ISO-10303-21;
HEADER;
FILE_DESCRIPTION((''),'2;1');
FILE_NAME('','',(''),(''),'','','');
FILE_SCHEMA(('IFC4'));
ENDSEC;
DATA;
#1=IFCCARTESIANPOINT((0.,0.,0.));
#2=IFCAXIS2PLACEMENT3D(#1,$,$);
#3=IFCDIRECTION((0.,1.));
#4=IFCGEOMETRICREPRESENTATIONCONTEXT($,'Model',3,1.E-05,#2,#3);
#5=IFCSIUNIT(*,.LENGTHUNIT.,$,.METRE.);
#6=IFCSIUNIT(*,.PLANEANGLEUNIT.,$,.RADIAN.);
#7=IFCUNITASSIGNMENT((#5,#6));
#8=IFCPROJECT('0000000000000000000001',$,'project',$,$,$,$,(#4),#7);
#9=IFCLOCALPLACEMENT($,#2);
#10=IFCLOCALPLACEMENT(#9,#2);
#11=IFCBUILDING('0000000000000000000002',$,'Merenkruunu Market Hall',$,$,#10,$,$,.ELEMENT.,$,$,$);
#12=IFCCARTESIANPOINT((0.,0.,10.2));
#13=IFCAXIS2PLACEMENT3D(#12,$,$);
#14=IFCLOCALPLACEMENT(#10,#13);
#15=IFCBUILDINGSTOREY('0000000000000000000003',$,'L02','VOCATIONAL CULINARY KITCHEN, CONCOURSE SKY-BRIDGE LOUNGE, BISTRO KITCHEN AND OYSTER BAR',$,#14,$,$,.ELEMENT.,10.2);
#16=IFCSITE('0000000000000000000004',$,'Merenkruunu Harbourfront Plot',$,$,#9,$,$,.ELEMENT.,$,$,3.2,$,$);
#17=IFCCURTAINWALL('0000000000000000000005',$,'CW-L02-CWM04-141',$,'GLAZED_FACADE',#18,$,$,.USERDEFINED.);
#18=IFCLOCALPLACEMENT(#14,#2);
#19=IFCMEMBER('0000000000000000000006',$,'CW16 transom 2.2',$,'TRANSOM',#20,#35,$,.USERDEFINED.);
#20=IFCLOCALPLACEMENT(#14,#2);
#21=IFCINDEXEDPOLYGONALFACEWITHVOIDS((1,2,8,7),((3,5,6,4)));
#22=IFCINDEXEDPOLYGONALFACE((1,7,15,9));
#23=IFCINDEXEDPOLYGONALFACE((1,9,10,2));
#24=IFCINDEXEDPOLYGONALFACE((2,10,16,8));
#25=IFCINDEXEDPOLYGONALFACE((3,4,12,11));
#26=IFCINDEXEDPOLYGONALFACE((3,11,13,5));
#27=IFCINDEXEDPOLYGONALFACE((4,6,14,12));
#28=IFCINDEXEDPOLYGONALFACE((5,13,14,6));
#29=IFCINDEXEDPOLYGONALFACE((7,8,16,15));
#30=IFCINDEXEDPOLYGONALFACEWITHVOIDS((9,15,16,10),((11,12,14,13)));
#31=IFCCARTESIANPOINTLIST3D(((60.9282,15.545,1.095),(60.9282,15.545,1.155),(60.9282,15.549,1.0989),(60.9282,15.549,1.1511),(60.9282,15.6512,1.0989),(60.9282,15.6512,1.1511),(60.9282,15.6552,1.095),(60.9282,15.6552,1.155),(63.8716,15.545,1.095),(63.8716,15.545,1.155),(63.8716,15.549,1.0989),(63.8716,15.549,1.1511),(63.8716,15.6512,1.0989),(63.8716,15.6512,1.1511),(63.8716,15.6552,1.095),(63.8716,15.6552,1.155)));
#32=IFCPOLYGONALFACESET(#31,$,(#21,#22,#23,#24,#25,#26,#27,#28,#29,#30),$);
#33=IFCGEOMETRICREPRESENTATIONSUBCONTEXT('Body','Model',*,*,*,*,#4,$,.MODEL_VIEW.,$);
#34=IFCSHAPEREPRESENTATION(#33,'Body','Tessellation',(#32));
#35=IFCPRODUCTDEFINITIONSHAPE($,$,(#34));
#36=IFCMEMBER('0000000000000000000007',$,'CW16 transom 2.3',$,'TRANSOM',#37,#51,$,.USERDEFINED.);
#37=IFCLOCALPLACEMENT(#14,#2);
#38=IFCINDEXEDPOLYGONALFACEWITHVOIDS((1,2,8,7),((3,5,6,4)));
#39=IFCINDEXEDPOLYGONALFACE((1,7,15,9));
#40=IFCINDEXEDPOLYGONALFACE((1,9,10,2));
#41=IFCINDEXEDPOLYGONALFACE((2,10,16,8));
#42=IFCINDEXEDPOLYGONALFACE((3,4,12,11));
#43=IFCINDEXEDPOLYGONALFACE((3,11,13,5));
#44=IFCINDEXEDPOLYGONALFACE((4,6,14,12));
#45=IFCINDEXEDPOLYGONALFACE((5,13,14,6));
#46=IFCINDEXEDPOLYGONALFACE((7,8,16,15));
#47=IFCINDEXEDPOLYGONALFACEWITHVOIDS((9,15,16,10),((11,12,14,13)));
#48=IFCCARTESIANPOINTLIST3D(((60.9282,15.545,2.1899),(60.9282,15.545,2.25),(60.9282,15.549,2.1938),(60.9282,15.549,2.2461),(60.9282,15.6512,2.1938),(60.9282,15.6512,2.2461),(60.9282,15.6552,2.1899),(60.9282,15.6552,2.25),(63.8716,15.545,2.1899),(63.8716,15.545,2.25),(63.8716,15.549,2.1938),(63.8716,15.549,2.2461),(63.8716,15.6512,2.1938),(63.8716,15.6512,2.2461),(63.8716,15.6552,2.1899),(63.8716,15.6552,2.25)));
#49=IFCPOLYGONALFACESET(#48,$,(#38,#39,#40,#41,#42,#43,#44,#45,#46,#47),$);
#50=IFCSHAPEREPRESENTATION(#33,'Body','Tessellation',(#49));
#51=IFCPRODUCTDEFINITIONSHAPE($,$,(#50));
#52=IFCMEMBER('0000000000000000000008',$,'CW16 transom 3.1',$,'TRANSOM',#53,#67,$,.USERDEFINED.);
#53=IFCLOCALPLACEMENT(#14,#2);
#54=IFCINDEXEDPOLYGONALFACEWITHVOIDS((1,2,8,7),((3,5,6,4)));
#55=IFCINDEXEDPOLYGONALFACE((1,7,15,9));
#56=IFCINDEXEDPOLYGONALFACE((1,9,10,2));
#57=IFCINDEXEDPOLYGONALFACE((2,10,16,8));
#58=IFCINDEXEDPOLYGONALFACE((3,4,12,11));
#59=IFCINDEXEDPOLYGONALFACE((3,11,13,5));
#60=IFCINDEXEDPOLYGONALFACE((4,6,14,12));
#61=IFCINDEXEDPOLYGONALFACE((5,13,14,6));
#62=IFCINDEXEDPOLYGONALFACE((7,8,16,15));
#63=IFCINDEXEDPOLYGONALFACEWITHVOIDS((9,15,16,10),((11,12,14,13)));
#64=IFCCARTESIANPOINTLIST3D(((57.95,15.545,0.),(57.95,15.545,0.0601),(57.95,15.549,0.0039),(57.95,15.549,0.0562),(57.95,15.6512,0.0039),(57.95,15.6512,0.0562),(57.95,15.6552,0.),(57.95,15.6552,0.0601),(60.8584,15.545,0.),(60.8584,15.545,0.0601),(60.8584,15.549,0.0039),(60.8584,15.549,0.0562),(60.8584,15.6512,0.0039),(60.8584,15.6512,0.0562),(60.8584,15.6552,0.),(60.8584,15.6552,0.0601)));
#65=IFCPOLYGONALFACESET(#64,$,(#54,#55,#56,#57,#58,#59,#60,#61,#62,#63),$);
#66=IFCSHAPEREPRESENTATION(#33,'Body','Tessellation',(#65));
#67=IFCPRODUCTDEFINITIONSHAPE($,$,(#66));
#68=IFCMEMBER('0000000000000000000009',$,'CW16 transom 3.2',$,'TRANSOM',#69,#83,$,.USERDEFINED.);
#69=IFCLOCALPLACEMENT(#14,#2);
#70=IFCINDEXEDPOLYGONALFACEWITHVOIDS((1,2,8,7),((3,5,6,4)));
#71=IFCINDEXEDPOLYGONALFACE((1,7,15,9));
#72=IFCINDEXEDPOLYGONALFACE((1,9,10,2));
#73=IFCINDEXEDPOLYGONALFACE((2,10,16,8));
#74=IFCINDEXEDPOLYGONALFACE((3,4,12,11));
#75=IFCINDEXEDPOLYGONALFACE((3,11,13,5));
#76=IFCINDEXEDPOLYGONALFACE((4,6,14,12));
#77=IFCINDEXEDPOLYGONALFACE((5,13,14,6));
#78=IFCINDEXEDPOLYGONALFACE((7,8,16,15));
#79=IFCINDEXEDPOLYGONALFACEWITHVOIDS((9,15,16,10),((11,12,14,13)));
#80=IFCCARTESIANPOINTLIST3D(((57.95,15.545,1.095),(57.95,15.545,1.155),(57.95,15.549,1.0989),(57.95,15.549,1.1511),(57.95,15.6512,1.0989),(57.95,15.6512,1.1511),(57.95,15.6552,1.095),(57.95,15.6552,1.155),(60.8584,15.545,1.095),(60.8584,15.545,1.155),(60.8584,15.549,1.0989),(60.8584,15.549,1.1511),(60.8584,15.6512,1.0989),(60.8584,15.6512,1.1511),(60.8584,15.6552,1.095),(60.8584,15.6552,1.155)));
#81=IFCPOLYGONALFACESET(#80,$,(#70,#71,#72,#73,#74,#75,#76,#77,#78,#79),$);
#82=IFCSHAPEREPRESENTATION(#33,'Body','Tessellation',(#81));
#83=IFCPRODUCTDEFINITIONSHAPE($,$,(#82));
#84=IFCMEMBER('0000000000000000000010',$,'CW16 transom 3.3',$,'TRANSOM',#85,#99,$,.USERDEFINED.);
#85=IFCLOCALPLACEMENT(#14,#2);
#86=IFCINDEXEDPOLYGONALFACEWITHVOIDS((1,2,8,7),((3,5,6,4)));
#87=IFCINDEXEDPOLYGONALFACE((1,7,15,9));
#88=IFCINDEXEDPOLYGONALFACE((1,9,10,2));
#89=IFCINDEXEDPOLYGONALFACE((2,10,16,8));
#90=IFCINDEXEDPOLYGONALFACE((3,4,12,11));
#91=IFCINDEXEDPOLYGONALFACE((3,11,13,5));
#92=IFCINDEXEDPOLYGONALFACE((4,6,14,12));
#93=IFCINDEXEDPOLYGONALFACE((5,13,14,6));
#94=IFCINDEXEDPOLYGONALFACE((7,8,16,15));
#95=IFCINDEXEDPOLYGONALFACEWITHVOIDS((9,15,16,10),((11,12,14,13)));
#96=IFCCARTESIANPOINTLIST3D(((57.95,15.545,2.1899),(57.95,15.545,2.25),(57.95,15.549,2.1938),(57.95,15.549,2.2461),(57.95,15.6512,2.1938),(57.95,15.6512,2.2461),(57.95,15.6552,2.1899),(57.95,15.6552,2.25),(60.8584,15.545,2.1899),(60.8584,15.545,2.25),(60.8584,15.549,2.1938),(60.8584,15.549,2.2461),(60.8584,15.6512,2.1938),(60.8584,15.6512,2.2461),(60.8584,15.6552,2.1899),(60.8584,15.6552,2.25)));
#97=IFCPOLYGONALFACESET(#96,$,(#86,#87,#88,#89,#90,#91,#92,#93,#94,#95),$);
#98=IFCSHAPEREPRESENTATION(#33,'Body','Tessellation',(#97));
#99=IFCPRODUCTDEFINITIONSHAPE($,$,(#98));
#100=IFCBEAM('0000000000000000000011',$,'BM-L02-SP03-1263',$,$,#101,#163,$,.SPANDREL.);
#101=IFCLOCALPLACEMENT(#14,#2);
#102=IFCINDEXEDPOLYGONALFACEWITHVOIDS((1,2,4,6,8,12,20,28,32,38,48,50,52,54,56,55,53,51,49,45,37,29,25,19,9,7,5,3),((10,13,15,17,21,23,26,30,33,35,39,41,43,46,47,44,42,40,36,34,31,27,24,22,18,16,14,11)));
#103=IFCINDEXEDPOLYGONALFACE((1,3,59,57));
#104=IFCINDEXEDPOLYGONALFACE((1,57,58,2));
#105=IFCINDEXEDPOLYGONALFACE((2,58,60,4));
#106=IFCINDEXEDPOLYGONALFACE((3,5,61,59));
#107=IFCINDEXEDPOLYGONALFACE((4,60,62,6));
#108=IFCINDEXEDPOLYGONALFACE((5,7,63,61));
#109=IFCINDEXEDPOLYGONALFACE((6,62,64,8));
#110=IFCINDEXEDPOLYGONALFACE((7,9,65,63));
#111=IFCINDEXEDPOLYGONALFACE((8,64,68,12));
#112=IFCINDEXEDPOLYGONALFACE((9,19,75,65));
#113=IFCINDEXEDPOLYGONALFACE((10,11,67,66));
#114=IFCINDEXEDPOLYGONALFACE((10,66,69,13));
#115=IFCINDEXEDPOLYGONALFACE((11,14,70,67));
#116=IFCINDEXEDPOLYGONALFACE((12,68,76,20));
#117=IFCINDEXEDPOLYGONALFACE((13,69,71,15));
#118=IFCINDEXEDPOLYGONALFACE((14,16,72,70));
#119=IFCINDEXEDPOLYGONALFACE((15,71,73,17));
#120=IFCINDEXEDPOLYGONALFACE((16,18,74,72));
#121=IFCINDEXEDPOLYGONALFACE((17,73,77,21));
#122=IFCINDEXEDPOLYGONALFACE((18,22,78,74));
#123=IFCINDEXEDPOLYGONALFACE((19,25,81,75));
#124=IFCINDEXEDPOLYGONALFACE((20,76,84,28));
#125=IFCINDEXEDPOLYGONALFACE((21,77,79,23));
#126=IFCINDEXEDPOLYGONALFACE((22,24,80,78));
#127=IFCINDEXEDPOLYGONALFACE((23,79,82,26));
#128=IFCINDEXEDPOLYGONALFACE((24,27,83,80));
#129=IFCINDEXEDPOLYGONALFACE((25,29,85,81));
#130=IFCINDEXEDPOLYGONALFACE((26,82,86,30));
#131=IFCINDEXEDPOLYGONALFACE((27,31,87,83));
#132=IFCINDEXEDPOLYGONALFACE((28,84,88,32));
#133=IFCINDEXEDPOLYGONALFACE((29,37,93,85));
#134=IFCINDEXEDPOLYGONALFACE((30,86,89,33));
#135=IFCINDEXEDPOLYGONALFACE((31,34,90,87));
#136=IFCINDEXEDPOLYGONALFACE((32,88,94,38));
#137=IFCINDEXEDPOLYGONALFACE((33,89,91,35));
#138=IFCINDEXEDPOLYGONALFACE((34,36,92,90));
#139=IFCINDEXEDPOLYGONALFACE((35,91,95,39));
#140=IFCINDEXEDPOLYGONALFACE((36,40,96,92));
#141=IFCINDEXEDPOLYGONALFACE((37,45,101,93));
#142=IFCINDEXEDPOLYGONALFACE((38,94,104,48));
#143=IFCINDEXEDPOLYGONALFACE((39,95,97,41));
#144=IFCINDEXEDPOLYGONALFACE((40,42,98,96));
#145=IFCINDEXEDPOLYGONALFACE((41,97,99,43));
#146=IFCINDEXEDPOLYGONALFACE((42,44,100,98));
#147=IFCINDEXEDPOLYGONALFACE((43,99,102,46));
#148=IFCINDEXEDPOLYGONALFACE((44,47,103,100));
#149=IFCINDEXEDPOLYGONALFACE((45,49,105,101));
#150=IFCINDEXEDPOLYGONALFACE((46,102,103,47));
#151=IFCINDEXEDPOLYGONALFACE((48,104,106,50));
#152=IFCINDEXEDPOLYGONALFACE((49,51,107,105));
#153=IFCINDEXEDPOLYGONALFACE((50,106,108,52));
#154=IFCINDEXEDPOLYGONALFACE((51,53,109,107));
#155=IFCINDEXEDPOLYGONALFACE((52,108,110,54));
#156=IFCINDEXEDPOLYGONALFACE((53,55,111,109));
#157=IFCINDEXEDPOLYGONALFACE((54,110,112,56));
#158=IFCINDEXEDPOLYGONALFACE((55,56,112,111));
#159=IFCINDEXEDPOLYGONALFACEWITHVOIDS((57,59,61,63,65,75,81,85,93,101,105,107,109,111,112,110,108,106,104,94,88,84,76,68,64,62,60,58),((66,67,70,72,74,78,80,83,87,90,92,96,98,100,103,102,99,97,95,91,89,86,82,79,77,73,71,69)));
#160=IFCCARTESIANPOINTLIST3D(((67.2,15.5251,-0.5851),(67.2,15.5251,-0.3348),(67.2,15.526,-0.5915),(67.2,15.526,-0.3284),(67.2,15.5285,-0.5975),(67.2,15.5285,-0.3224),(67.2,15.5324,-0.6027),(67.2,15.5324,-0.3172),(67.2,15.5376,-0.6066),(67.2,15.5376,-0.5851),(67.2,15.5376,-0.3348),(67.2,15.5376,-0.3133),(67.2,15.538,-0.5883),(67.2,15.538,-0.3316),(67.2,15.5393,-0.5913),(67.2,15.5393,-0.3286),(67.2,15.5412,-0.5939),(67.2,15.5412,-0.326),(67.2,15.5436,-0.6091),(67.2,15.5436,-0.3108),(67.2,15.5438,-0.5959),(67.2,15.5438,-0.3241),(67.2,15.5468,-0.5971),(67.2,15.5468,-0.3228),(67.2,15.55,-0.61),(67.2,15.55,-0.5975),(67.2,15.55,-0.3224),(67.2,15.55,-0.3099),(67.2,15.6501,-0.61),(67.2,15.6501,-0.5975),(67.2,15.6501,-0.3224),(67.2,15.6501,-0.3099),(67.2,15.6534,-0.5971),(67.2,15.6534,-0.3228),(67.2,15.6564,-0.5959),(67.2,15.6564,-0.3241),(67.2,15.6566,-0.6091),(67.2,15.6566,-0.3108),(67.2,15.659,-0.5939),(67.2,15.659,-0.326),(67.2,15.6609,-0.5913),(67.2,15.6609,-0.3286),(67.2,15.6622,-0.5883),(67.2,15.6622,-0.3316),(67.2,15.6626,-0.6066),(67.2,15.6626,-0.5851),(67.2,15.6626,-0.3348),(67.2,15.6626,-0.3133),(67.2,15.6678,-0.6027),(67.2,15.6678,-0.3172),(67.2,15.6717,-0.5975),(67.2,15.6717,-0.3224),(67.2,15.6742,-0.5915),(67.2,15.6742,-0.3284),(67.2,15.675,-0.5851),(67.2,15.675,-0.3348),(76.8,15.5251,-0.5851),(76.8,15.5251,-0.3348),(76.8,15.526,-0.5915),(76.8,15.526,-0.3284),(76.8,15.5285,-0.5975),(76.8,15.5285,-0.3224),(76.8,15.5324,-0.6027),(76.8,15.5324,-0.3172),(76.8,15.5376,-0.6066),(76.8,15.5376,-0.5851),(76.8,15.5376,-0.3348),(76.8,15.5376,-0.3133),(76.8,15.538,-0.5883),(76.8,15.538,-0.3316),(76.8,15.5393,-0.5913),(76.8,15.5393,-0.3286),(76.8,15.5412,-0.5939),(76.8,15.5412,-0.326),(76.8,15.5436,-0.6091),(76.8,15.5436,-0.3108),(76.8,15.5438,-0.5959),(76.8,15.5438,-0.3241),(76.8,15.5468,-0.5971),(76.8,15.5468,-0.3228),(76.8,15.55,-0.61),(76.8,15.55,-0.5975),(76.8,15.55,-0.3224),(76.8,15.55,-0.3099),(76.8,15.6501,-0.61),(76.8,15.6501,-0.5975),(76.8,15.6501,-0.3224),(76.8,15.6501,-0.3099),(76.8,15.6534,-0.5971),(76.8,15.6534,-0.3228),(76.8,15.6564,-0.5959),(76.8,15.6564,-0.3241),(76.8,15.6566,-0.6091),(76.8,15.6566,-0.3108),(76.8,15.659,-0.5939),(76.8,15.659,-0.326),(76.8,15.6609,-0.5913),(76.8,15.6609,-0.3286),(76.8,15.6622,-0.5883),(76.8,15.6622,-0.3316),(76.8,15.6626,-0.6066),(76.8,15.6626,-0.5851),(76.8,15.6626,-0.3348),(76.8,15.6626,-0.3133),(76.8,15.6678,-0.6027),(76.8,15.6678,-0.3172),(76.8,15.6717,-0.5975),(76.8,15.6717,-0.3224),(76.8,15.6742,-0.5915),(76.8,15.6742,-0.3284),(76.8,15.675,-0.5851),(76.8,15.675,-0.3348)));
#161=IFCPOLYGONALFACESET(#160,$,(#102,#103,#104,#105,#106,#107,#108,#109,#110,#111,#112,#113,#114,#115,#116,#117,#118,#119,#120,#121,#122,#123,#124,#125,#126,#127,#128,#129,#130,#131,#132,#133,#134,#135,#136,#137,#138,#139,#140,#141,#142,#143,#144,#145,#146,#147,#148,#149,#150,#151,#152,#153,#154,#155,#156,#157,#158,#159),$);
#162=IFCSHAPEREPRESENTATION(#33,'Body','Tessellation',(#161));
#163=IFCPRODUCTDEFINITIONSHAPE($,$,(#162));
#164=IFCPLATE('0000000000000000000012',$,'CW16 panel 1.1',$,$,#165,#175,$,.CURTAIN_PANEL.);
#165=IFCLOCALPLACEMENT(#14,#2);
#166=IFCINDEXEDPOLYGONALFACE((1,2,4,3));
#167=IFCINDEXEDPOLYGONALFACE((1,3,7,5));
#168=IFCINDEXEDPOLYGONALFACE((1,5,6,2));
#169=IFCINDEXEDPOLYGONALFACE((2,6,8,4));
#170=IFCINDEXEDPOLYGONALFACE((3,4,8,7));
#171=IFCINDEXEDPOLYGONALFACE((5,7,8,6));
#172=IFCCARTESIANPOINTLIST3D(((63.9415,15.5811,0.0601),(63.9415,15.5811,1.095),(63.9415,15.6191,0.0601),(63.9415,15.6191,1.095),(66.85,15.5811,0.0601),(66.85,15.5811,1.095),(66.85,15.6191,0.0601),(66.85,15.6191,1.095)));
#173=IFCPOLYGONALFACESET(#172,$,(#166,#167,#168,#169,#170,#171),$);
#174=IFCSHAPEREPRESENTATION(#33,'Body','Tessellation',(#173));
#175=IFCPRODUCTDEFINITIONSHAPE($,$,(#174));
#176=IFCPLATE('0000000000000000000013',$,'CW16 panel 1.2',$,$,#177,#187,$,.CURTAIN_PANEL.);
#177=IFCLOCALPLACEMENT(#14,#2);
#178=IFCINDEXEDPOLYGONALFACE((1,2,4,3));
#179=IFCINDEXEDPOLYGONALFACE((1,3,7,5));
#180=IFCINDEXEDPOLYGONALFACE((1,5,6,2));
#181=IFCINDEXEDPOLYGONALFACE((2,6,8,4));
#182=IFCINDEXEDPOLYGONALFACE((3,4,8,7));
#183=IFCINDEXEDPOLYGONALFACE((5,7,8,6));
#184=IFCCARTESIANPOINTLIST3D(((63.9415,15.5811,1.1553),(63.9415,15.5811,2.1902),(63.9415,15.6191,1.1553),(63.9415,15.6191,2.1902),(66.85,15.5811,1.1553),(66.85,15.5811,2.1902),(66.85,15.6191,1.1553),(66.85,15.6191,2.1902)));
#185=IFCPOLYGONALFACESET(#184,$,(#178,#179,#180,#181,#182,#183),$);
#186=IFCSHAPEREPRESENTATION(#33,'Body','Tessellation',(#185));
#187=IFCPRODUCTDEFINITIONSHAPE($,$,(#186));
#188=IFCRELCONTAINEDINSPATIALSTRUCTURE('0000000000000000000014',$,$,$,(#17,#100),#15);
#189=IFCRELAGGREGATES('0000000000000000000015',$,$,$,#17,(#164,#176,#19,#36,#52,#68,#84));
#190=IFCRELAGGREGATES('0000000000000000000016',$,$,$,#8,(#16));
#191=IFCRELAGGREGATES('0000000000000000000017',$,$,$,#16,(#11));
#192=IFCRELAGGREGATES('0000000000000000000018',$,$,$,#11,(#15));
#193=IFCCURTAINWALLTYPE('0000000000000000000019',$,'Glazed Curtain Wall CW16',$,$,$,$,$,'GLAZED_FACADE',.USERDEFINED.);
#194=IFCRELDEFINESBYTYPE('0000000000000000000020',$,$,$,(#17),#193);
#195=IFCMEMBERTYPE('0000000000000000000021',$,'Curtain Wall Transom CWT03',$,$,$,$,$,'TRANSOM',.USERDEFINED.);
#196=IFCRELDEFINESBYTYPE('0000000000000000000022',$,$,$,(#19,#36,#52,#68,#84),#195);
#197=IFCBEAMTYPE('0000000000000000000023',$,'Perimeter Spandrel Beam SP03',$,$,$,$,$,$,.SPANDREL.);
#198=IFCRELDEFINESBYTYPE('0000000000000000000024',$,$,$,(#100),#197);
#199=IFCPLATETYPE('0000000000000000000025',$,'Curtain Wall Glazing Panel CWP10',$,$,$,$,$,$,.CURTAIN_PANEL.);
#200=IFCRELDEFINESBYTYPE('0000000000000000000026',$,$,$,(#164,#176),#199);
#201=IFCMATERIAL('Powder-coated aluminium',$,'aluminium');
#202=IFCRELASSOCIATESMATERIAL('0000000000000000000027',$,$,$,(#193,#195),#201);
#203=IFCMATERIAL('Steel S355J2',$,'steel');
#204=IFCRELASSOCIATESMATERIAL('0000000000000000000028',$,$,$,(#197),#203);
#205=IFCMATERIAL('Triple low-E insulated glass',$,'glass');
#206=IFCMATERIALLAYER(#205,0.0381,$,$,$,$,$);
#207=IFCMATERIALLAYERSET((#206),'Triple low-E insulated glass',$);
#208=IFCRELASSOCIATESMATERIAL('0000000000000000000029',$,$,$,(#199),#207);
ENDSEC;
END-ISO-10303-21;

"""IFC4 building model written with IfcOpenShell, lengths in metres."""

from ifc_helpers import new_model, si_unit, direction, frame, origin, origin_2d, place, context, subcontext, project, spatial, rectangle, hollow_rectangle, extrude, material, layer, layer_set, material_profile, profile_set, type_object, element, aggregate, save


model = new_model("IFC4")

# Units and contexts
model_context = context("Model", 3, precision=1e-05, world=origin(), true_north=direction((0.0, 1.0)))
body_context = subcontext(model_context, "Body", "Model", "MODEL_VIEW")
ifc_project = project(units=[si_unit("LENGTHUNIT", "METRE"), si_unit("PLANEANGLEUNIT", "RADIAN")], contexts=[model_context])

# Site, building, storey
site_placement = place(None, origin())
site = spatial("IfcSite", under=ifc_project, at=site_placement, Name="Merenkruunu Harbourfront Plot", CompositionType="ELEMENT", RefElevation=3.2)
building_placement = place(site_placement, origin())
building = spatial("IfcBuilding", under=site, at=building_placement, Name="Merenkruunu Market Hall", CompositionType="ELEMENT")
storey_placement = place(building_placement, frame((0.0, 0.0, 10.2)))
storey = spatial("IfcBuildingStorey", under=building, at=storey_placement, Name="L02", Description="VOCATIONAL CULINARY KITCHEN, CONCOURSE SKY-BRIDGE LOUNGE, BISTRO KITCHEN AND OYSTER BAR", CompositionType="ELEMENT", Elevation=10.2)

# Curtain wall, members
ifc_material_1 = material(Name="Powder-coated aluminium", Category="aluminium")
curtain_wall_type = type_object("IfcCurtainWallType", Name="Glazed Curtain Wall CW16", ElementType="GLAZED_FACADE", PredefinedType="USERDEFINED", material=ifc_material_1)
curtain_wall_placement = place(storey_placement, origin())
curtain_wall = element("IfcCurtainWall", 1, at=curtain_wall_placement, inside=storey, type_object=curtain_wall_type, Name="CW-L02-CWM04-141", ObjectType="GLAZED_FACADE", PredefinedType="USERDEFINED")
ifc_material_profile_1 = material_profile(ifc_material_1, hollow_rectangle(XDim=0.0601, YDim=0.1101, WallThickness=0.0039, at=origin_2d()), Name="ALU 60x110x4")
ifc_profile_set_1 = profile_set([ifc_material_profile_1], Name="Powder-coated aluminium")
member_type_1 = type_object("IfcMemberType", Name="Curtain Wall Transom CWT03", ElementType="TRANSOM", PredefinedType="USERDEFINED", material=ifc_profile_set_1)
member_1_placement = place(storey_placement, frame((63.8716, 15.6001, 1.125), z_axis=(-1.0, 0.0, 0.0), x_axis=(0.0, 0.0, 1.0)))
member_1 = element("IfcMember", 2, at=member_1_placement, type_object=member_type_1, Name="CW16 transom 2.2", ObjectType="TRANSOM", PredefinedType="USERDEFINED", context=body_context, shape_type="SweptSolid", body=[
    extrude(hollow_rectangle(XDim=0.0601, YDim=0.1101, WallThickness=0.0039, at=origin_2d()), origin(), (0.0, 0.0, 1.0), 2.9434),
])
member_2_placement = place(storey_placement, frame((63.8716, 15.6001, 2.22), z_axis=(-1.0, 0.0, 0.0), x_axis=(0.0, 0.0, 1.0)))
member_2 = element("IfcMember", 3, at=member_2_placement, type_object=member_type_1, Name="CW16 transom 2.3", ObjectType="TRANSOM", PredefinedType="USERDEFINED", context=body_context, shape_type="SweptSolid", body=[
    extrude(hollow_rectangle(XDim=0.0601, YDim=0.1101, WallThickness=0.0039, at=origin_2d()), origin(), (0.0, 0.0, 1.0), 2.9434),
])
member_3_placement = place(storey_placement, frame((60.8584, 15.6001, 0.03), z_axis=(-1.0, 0.0, 0.0), x_axis=(0.0, 0.0, 1.0)))
member_3 = element("IfcMember", 4, at=member_3_placement, type_object=member_type_1, Name="CW16 transom 3.1", ObjectType="TRANSOM", PredefinedType="USERDEFINED", context=body_context, shape_type="SweptSolid", body=[
    extrude(hollow_rectangle(XDim=0.0601, YDim=0.1101, WallThickness=0.0039, at=origin_2d()), origin(), (0.0, 0.0, 1.0), 2.9084),
])
member_4_placement = place(storey_placement, frame((60.8584, 15.6001, 1.125), z_axis=(-1.0, 0.0, 0.0), x_axis=(0.0, 0.0, 1.0)))
member_4 = element("IfcMember", 5, at=member_4_placement, type_object=member_type_1, Name="CW16 transom 3.2", ObjectType="TRANSOM", PredefinedType="USERDEFINED", context=body_context, shape_type="SweptSolid", body=[
    extrude(hollow_rectangle(XDim=0.0601, YDim=0.1101, WallThickness=0.0039, at=origin_2d()), origin(), (0.0, 0.0, 1.0), 2.9084),
])
member_5_placement = place(storey_placement, frame((60.8584, 15.6001, 2.22), z_axis=(-1.0, 0.0, 0.0), x_axis=(0.0, 0.0, 1.0)))
member_5 = element("IfcMember", 6, at=member_5_placement, type_object=member_type_1, Name="CW16 transom 3.3", ObjectType="TRANSOM", PredefinedType="USERDEFINED", context=body_context, shape_type="SweptSolid", body=[
    extrude(hollow_rectangle(XDim=0.0601, YDim=0.1101, WallThickness=0.0039, at=origin_2d()), origin(), (0.0, 0.0, 1.0), 2.9084),
])

# Beam
ifc_material_2 = material(Name="Steel S355J2", Category="steel")
ifc_material_profile_2 = material_profile(ifc_material_2, hollow_rectangle(XDim=0.1499, YDim=0.3, WallThickness=0.0125, InnerFilletRadius=0.0125, OuterFilletRadius=0.0249, at=origin_2d()), Name="RHS 300x150x12.5")
ifc_profile_set_2 = profile_set([ifc_material_profile_2], Name="Steel S355J2")
beam_type = type_object("IfcBeamType", Name="Perimeter Spandrel Beam SP03", PredefinedType="SPANDREL", material=ifc_profile_set_2)
beam_placement = place(storey_placement, frame((67.2, 15.6001, -0.46), z_axis=(1.0, 0.0, 0.0), x_axis=(0.0, 1.0, 0.0)))
element("IfcBeam", 7, at=beam_placement, inside=storey, type_object=beam_type, Name="BM-L02-SP03-1263", PredefinedType="SPANDREL", context=body_context, shape_type="SweptSolid", body=[
    extrude(hollow_rectangle(XDim=0.1499, YDim=0.3, WallThickness=0.0125, InnerFilletRadius=0.0125, OuterFilletRadius=0.0249, at=origin_2d()), origin(), (0.0, 0.0, 1.0), 9.6001),
])

# Plates
ifc_material_3 = material(Name="Triple low-E insulated glass", Category="glass")
ifc_layer_1 = layer(ifc_material_3, 0.0381)
ifc_layer_set_1 = layer_set([ifc_layer_1], Name="Triple low-E insulated glass")
plate_type_1 = type_object("IfcPlateType", Name="Curtain Wall Glazing Panel CWP10", PredefinedType="CURTAIN_PANEL", material=ifc_layer_set_1)
plate_1_placement = place(storey_placement, frame((65.3958, 15.6001, 0.0601), z_axis=(0.0, 0.0, 1.0), x_axis=(-1.0, 0.0, 0.0)))
plate_1 = element("IfcPlate", 8, at=plate_1_placement, type_object=plate_type_1, Name="CW16 panel 1.1", PredefinedType="CURTAIN_PANEL", context=body_context, shape_type="SweptSolid", body=[
    extrude(rectangle(XDim=2.9084, YDim=0.0381, at=origin_2d()), origin(), (0.0, 0.0, 1.0), 1.0349),
])
plate_2_placement = place(storey_placement, frame((65.3958, 15.6001, 1.1553), z_axis=(0.0, 0.0, 1.0), x_axis=(-1.0, 0.0, 0.0)))
plate_2 = element("IfcPlate", 9, at=plate_2_placement, type_object=plate_type_1, Name="CW16 panel 1.2", PredefinedType="CURTAIN_PANEL", context=body_context, shape_type="SweptSolid", body=[
    extrude(rectangle(XDim=2.9084, YDim=0.0381, at=origin_2d()), origin(), (0.0, 0.0, 1.0), 1.0349),
])
aggregate(curtain_wall, [plate_1, plate_2, member_1, member_2, member_3, member_4, member_5])

save(model, "model.ifc")
